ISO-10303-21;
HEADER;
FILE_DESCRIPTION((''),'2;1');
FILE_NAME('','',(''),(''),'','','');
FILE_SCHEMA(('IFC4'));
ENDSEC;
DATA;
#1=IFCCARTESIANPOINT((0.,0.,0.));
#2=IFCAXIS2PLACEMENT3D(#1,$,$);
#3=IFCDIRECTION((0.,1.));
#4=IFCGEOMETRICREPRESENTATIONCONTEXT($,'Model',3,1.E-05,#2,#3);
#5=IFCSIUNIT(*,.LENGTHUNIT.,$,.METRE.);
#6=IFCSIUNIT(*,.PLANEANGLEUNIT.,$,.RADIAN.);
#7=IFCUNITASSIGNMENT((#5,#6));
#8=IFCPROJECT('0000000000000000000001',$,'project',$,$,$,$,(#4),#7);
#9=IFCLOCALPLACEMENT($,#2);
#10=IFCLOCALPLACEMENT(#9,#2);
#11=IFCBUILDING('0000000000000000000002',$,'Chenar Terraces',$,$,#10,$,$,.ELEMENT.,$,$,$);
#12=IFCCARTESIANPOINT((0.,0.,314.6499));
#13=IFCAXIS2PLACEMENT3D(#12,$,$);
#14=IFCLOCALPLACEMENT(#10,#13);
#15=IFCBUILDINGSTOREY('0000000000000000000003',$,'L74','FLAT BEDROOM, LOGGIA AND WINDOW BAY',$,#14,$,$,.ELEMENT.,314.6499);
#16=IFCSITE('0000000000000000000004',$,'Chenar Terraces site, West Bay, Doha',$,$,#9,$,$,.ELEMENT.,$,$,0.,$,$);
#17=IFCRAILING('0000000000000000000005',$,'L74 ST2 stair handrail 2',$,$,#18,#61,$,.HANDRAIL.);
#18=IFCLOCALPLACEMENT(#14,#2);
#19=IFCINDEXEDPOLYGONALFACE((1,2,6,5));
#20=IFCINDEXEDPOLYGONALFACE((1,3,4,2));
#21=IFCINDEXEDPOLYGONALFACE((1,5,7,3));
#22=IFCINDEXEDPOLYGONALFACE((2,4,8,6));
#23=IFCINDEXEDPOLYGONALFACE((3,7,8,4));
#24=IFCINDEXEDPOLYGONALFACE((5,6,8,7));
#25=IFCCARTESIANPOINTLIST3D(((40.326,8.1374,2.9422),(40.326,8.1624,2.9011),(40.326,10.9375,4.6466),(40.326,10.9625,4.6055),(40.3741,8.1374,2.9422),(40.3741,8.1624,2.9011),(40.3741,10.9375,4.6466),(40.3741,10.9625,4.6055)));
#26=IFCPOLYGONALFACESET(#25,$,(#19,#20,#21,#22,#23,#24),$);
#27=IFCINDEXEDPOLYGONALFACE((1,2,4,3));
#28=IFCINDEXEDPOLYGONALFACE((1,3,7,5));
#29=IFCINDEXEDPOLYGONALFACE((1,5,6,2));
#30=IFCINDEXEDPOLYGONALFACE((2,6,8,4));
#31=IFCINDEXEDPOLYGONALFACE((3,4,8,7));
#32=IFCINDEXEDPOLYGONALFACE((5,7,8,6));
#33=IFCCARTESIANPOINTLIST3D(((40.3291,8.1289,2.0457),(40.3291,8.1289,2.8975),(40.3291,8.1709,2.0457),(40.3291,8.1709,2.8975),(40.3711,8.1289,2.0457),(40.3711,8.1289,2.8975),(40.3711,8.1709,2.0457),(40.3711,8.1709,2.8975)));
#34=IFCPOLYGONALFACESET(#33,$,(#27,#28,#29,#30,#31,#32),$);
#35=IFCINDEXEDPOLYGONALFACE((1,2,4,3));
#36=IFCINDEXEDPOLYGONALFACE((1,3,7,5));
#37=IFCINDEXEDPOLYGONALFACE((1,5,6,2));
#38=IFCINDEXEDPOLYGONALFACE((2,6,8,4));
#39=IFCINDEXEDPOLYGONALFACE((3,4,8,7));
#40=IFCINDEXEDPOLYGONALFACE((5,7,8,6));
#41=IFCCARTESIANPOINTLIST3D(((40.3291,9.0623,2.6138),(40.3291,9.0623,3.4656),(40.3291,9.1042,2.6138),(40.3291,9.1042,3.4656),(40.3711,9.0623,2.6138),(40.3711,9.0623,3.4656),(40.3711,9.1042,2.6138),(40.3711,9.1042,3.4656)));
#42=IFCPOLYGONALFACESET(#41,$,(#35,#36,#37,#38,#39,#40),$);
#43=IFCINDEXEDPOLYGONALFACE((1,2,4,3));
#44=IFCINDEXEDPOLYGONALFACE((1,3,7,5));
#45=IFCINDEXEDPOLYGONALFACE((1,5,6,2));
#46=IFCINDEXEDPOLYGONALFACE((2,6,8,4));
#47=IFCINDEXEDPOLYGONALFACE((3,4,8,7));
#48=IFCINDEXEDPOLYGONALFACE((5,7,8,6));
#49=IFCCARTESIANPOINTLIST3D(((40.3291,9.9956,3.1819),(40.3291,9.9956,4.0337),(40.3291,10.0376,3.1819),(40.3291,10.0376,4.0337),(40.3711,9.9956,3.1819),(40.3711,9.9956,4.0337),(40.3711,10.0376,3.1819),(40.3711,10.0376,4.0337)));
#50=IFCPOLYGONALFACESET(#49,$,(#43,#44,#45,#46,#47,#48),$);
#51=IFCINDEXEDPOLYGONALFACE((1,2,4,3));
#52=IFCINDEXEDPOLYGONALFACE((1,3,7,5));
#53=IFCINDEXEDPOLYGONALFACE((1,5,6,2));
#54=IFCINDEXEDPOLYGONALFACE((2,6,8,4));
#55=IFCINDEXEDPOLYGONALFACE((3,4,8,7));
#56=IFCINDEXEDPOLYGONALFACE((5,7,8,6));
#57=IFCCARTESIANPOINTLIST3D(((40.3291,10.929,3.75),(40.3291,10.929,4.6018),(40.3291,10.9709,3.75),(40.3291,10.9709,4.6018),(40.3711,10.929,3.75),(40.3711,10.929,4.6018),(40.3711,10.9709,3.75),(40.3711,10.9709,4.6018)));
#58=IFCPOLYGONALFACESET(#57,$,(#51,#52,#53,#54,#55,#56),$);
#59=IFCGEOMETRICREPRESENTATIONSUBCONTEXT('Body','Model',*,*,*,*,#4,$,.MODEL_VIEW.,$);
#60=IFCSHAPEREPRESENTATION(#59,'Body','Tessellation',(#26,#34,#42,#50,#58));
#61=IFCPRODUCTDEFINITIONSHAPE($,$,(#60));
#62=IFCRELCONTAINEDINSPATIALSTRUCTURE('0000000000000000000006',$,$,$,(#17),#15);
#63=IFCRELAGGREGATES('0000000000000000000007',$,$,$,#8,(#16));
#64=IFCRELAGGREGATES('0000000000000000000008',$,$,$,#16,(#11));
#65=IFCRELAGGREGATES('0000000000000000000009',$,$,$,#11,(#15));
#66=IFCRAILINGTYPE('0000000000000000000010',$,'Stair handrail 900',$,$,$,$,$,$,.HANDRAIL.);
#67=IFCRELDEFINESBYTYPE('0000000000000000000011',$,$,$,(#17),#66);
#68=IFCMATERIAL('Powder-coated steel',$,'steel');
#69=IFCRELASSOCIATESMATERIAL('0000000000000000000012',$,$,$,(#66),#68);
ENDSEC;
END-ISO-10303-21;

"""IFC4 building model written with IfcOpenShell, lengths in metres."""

from ifc_helpers import new_model, si_unit, direction, frame, origin, origin_2d, place, context, subcontext, project, spatial, rectangle, extrude, material, type_object, element, save


model = new_model("IFC4")

# Units and contexts
model_context = context("Model", 3, precision=1e-05, world=origin(), true_north=direction((0.0, 1.0)))
body_context = subcontext(model_context, "Body", "Model", "MODEL_VIEW")
ifc_project = project(units=[si_unit("LENGTHUNIT", "METRE"), si_unit("PLANEANGLEUNIT", "RADIAN")], contexts=[model_context])

# Site, building, storey
site_placement = place(None, origin())
site = spatial("IfcSite", under=ifc_project, at=site_placement, Name="Chenar Terraces site, West Bay, Doha", CompositionType="ELEMENT", RefElevation=0.0)
building_placement = place(site_placement, origin())
building = spatial("IfcBuilding", under=site, at=building_placement, Name="Chenar Terraces", CompositionType="ELEMENT")
storey_placement = place(building_placement, frame((0.0, 0.0, 314.6499)))
storey = spatial("IfcBuildingStorey", under=building, at=storey_placement, Name="L74", Description="FLAT BEDROOM, LOGGIA AND WINDOW BAY", CompositionType="ELEMENT", Elevation=314.6499)

# Railing
ifc_material_1 = material(Name="Powder-coated steel", Category="steel")
railing_type_1 = type_object("IfcRailingType", Name="Stair handrail 900", PredefinedType="HANDRAIL", material=ifc_material_1)
railing_1_placement = place(storey_placement, frame((40.3501, 8.1499, 2.0457)))
element("IfcRailing", 1, at=railing_1_placement, inside=storey, type_object=railing_type_1, Name="L74 ST2 stair handrail 2", PredefinedType="HANDRAIL", context=body_context, shape_type="SweptSolid", body=[
    extrude(rectangle(XDim=0.0481, YDim=0.0481, at=origin_2d()), frame((0.0, 0.0, 0.876), z_axis=(0.0, 0.854203, 0.51994), x_axis=(-1.0, 0.0, 0.0)), (0.0, 0.0, 1.0), 3.2781),
    extrude(rectangle(XDim=0.042, YDim=0.042, at=origin_2d()), origin(), (0.0, 0.0, 1.0), 0.8518),
    extrude(rectangle(XDim=0.042, YDim=0.042, at=origin_2d()), frame((0.0, 0.9333, 0.5681)), (0.0, 0.0, 1.0), 0.8518),
    extrude(rectangle(XDim=0.042, YDim=0.042, at=origin_2d()), frame((0.0, 1.8667, 1.1362)), (0.0, 0.0, 1.0), 0.8518),
    extrude(rectangle(XDim=0.042, YDim=0.042, at=origin_2d()), frame((0.0, 2.8, 1.7043)), (0.0, 0.0, 1.0), 0.8518),
])

save(model, "model.ifc")
